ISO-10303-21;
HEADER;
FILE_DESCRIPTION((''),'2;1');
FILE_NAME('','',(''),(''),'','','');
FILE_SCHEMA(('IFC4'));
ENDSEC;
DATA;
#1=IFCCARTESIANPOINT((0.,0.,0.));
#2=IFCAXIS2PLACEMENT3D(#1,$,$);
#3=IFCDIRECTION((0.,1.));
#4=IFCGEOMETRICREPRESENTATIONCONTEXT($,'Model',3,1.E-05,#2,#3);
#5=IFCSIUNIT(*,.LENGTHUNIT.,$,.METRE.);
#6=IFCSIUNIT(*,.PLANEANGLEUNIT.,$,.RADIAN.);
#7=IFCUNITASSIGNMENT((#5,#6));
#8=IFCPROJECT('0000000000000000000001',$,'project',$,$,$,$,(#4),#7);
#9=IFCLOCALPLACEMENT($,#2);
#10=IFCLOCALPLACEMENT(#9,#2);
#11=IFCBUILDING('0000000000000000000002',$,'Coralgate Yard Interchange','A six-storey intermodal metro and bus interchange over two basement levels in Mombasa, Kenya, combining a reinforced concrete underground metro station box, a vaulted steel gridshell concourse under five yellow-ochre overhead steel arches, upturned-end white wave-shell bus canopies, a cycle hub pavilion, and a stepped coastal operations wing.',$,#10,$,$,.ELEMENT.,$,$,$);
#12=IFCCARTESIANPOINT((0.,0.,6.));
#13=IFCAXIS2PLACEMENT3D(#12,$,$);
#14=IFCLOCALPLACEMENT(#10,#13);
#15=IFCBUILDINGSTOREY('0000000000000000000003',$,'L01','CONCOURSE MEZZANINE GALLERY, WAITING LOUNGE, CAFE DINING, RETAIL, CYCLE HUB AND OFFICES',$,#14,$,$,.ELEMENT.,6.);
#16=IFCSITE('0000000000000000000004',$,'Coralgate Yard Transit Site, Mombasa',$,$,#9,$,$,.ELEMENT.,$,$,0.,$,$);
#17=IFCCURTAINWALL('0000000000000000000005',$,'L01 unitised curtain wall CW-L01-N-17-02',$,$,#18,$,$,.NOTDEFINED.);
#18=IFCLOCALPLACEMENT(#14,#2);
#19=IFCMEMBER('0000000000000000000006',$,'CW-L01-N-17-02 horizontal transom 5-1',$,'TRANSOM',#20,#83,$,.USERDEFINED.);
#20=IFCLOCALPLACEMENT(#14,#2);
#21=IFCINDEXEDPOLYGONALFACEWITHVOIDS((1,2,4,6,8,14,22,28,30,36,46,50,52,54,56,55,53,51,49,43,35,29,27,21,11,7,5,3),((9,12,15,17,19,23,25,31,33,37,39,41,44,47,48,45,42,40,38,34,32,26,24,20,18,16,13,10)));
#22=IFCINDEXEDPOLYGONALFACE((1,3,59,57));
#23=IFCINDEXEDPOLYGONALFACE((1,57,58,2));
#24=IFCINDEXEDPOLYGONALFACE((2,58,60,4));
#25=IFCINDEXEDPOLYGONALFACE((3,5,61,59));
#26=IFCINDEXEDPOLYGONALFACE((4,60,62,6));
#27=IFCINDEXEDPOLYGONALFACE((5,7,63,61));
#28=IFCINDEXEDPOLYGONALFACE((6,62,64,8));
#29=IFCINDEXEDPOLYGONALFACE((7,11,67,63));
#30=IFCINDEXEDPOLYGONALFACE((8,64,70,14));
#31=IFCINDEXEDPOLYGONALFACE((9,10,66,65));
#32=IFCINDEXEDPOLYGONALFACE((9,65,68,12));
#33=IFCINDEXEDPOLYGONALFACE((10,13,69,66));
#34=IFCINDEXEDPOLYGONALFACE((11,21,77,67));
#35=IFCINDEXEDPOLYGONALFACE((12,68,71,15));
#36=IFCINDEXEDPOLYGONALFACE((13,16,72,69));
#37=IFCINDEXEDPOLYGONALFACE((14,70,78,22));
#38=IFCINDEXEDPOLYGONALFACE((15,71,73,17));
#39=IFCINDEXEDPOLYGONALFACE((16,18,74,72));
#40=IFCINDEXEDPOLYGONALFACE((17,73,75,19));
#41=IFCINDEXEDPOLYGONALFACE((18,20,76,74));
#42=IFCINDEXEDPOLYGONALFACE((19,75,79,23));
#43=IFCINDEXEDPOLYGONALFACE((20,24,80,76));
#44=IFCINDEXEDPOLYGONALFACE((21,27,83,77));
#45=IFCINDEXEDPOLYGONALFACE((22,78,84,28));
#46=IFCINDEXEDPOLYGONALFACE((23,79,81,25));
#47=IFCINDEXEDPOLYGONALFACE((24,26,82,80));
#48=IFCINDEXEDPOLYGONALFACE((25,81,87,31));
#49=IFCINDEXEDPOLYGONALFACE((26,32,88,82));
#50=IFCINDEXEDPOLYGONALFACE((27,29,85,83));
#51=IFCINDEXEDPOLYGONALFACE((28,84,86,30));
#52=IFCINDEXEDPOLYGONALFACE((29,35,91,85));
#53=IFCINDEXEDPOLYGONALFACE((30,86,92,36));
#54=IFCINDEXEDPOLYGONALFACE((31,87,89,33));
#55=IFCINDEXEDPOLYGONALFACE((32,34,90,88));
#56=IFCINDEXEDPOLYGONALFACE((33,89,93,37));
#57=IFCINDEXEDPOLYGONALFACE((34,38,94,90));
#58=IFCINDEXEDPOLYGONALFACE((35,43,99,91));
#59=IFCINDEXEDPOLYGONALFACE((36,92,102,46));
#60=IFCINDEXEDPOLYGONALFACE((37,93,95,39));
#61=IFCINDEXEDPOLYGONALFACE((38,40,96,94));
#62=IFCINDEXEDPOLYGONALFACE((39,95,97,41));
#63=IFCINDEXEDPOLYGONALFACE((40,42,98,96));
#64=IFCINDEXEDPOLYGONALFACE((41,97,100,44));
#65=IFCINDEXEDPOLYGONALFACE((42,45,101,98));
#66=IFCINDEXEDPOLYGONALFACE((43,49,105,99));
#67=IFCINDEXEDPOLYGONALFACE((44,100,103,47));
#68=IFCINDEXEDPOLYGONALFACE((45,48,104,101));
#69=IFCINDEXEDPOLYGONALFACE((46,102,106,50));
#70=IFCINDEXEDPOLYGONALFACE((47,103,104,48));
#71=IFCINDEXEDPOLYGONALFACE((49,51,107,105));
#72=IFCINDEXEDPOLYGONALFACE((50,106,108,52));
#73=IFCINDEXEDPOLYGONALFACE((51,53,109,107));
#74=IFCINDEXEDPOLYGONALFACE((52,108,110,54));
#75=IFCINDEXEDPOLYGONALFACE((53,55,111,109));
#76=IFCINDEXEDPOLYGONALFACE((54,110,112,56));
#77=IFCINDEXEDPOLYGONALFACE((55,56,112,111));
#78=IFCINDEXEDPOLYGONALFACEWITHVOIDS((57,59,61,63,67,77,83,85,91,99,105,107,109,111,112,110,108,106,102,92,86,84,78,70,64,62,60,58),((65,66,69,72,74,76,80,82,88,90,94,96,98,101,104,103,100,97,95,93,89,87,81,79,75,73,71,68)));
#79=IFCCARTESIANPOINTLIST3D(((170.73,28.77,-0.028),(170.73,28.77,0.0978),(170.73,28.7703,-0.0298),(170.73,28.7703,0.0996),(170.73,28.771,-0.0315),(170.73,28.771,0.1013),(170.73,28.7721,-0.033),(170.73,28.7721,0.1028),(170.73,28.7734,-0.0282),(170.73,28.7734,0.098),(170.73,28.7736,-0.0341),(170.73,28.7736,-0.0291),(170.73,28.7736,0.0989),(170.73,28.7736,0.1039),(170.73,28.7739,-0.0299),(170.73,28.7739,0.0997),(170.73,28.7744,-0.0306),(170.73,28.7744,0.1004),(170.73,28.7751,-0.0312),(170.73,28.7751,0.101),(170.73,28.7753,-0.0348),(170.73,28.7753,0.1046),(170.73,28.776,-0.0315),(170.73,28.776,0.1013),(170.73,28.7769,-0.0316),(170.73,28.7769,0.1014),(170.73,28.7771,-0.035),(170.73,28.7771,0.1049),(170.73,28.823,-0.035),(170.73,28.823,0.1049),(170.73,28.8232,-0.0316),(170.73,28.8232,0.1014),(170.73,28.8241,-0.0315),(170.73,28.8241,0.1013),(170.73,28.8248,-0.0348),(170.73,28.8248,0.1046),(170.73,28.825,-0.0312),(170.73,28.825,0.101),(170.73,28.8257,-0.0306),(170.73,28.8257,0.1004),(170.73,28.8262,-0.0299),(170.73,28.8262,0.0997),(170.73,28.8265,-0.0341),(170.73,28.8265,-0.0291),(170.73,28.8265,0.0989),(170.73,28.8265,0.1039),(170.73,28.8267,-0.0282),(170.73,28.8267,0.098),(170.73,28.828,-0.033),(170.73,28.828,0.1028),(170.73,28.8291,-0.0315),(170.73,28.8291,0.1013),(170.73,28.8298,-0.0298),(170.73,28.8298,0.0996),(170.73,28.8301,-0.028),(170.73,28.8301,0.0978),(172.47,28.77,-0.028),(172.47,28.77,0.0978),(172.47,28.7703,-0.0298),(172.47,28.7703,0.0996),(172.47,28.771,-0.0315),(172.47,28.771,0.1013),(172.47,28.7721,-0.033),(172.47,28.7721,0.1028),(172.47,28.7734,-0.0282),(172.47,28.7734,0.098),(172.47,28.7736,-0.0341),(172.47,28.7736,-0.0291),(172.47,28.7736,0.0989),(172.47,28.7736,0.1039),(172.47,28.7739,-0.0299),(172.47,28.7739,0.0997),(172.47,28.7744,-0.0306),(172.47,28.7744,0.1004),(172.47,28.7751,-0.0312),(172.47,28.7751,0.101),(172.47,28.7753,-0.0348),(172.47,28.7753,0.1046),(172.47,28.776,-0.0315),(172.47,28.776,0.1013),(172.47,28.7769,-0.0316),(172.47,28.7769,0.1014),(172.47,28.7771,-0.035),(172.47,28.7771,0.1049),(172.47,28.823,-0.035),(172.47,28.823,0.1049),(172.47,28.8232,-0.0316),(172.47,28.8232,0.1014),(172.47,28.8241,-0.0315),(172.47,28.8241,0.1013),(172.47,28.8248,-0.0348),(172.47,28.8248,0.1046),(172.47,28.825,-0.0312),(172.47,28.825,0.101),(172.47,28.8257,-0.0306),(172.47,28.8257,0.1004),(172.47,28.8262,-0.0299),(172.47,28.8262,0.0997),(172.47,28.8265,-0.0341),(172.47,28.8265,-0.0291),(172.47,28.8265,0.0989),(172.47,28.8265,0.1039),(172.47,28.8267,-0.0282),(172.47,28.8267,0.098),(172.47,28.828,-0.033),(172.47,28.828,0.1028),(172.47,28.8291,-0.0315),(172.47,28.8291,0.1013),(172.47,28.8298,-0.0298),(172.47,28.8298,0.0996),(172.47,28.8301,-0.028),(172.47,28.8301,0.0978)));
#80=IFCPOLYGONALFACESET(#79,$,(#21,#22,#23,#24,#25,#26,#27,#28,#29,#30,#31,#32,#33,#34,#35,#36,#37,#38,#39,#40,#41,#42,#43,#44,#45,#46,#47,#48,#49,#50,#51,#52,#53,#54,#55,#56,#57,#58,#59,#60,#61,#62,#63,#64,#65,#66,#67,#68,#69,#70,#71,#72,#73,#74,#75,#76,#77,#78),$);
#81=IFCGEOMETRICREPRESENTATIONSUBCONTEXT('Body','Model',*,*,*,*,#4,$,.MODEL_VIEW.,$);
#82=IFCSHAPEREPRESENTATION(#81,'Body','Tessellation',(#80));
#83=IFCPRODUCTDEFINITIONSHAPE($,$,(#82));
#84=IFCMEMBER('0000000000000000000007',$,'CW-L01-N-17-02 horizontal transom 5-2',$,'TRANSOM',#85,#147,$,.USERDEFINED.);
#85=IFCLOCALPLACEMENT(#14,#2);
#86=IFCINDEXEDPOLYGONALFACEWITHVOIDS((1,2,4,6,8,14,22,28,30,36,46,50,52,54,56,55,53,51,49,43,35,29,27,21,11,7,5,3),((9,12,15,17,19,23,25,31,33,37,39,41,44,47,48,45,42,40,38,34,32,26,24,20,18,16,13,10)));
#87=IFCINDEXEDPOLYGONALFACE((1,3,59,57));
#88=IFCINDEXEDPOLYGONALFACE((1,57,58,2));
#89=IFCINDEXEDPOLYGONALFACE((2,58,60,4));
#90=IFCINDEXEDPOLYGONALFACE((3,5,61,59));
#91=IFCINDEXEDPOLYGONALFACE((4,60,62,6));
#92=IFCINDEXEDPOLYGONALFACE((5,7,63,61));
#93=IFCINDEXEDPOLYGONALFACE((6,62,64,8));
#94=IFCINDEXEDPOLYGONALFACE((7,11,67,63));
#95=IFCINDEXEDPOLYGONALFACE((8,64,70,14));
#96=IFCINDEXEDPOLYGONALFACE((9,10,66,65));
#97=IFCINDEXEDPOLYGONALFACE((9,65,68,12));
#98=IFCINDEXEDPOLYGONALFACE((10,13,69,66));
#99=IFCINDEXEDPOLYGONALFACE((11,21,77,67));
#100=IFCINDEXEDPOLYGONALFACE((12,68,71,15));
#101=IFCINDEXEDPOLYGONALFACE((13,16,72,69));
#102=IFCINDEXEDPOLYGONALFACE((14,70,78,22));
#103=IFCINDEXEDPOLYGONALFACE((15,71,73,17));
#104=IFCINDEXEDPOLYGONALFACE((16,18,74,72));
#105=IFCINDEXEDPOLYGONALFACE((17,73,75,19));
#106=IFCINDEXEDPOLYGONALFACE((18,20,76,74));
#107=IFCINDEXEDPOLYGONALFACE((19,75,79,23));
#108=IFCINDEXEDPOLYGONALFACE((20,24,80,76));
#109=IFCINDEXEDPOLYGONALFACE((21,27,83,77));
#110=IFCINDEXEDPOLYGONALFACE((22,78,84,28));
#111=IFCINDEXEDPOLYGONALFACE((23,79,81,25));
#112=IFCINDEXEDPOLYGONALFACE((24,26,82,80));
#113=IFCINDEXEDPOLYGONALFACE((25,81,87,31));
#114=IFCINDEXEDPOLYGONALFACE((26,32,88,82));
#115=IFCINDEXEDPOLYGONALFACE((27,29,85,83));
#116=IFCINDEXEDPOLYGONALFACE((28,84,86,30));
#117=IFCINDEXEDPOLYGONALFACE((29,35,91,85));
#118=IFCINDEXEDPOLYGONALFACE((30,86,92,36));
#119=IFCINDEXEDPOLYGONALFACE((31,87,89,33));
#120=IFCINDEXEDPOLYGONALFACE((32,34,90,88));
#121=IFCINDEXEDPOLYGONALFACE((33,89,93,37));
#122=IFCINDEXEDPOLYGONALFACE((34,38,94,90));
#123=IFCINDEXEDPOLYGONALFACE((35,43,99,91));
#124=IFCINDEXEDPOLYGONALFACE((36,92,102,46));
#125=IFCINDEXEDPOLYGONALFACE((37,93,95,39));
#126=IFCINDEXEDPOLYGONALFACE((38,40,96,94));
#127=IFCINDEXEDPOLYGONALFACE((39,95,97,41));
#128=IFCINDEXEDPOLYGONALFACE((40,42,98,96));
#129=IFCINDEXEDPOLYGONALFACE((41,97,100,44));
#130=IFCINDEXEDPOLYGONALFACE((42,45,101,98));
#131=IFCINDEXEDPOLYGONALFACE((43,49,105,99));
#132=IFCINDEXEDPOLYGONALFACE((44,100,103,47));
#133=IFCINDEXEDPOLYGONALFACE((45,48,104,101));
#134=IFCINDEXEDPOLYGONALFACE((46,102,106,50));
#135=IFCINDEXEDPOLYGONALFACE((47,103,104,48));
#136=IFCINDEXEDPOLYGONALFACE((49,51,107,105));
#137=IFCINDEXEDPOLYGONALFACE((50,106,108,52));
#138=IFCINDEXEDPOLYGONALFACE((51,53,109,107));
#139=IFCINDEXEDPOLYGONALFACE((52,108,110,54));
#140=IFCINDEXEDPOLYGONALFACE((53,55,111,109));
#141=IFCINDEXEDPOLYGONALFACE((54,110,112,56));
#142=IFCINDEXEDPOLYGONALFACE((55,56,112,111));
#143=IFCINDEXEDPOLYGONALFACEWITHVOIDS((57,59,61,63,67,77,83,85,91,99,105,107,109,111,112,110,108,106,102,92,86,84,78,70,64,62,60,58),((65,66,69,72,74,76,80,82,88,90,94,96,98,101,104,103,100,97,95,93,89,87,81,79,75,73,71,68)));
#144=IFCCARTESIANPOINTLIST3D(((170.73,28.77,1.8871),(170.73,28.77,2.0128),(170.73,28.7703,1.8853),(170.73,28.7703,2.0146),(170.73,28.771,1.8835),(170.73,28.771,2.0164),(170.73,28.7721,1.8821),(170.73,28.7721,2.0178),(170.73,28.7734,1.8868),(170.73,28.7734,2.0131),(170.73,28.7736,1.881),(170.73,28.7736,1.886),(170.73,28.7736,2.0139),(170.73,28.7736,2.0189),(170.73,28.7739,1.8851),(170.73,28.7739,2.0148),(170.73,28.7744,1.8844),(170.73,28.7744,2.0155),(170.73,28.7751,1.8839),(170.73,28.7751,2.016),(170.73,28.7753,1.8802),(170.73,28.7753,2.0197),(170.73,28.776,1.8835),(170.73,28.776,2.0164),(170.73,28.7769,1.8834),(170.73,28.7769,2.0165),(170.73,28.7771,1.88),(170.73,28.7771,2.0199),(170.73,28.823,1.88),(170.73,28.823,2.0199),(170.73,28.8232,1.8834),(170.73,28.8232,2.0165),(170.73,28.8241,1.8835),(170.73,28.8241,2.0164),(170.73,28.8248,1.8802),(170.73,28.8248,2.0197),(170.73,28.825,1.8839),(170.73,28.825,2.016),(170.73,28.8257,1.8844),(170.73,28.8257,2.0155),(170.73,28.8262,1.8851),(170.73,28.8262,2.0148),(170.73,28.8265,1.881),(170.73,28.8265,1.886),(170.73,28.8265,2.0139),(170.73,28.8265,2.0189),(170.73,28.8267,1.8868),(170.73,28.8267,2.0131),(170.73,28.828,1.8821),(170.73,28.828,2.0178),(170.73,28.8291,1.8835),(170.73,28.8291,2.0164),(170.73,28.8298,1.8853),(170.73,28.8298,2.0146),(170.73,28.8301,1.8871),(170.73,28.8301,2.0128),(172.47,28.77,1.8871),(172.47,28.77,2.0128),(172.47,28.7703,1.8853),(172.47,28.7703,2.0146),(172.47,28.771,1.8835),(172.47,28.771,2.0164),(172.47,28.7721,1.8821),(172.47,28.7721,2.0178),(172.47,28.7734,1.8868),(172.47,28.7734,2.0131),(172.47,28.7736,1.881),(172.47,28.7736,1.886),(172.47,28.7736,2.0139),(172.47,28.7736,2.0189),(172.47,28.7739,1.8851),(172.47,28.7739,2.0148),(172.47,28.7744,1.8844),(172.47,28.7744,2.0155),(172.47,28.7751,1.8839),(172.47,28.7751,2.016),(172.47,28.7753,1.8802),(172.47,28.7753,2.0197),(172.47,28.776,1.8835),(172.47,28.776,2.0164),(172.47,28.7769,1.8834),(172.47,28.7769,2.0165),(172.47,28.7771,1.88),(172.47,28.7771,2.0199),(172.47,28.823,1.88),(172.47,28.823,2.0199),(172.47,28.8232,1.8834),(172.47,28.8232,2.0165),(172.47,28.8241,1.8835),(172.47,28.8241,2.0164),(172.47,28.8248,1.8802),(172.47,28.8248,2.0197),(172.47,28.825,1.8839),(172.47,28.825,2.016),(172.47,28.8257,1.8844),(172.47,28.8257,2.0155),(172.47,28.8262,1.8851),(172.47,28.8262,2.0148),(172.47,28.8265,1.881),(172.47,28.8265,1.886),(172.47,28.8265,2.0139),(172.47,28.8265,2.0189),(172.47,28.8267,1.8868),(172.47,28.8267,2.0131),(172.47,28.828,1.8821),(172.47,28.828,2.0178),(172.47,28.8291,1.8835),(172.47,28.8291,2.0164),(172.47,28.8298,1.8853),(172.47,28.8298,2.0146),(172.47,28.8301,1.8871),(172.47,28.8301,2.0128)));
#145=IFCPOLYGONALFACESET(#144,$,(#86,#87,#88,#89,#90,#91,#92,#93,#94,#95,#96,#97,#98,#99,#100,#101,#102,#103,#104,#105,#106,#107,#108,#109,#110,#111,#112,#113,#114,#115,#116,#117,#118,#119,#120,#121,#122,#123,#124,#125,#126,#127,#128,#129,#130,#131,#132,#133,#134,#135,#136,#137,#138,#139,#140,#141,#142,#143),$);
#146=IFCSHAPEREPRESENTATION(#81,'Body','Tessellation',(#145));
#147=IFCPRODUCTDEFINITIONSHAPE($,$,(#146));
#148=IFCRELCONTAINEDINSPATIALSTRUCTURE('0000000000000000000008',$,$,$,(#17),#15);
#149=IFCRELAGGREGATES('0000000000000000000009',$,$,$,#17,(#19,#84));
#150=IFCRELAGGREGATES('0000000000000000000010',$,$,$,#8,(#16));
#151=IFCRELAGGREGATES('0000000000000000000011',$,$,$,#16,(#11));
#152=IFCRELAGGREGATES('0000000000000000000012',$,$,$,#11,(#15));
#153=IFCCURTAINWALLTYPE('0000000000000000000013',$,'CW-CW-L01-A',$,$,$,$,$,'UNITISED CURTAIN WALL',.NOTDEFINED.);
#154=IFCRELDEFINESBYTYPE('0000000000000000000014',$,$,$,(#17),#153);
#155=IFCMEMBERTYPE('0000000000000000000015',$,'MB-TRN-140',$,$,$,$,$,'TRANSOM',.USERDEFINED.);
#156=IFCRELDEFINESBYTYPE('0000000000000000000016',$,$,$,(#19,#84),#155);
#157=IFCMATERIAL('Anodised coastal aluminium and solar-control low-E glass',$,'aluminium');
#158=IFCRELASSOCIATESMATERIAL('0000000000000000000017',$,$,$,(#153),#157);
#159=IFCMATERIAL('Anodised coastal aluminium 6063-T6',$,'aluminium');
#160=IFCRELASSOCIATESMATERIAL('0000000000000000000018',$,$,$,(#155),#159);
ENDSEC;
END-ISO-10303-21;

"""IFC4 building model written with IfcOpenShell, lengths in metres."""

from ifc_helpers import new_model, si_unit, direction, frame, origin, origin_2d, place, context, subcontext, project, spatial, hollow_rectangle, extrude, material, material_profile, profile_set, type_object, element, aggregate, save


model = new_model("IFC4")

# Units and contexts
model_context = context("Model", 3, precision=1e-05, world=origin(), true_north=direction((0.0, 1.0)))
body_context = subcontext(model_context, "Body", "Model", "MODEL_VIEW")
ifc_project = project(units=[si_unit("LENGTHUNIT", "METRE"), si_unit("PLANEANGLEUNIT", "RADIAN")], contexts=[model_context])

# Site, building, storey
site_placement = place(None, origin())
site = spatial("IfcSite", under=ifc_project, at=site_placement, Name="Coralgate Yard Transit Site, Mombasa", CompositionType="ELEMENT", RefElevation=0.0)
building_placement = place(site_placement, origin())
building = spatial("IfcBuilding", under=site, at=building_placement, Name="Coralgate Yard Interchange", Description="A six-storey intermodal metro and bus interchange over two basement levels in Mombasa, Kenya, combining a reinforced concrete underground metro station box, a vaulted steel gridshell concourse under five yellow-ochre overhead steel arches, upturned-end white wave-shell bus canopies, a cycle hub pavilion, and a stepped coastal operations wing.", CompositionType="ELEMENT")
storey_placement = place(building_placement, frame((0.0, 0.0, 6.0)))
storey = spatial("IfcBuildingStorey", under=building, at=storey_placement, Name="L01", Description="CONCOURSE MEZZANINE GALLERY, WAITING LOUNGE, CAFE DINING, RETAIL, CYCLE HUB AND OFFICES", CompositionType="ELEMENT", Elevation=6.0)

# Curtain wall, members
ifc_material_1 = material(Name="Anodised coastal aluminium and solar-control low-E glass", Category="aluminium")
curtain_wall_type = type_object("IfcCurtainWallType", Name="CW-CW-L01-A", ElementType="UNITISED CURTAIN WALL", PredefinedType="NOTDEFINED", material=ifc_material_1)
curtain_wall_placement = place(storey_placement, origin())
curtain_wall = element("IfcCurtainWall", 1, at=curtain_wall_placement, inside=storey, type_object=curtain_wall_type, Name="L01 unitised curtain wall CW-L01-N-17-02", PredefinedType="NOTDEFINED")
ifc_material_2 = material(Name="Anodised coastal aluminium 6063-T6", Category="aluminium")
ifc_material_profile_1 = material_profile(ifc_material_2, hollow_rectangle(XDim=0.0601, YDim=0.1399, WallThickness=0.0034, InnerFilletRadius=0.0034, OuterFilletRadius=0.0071, at=origin_2d()), Name="ALU 60x140x3.5")
ifc_profile_set_1 = profile_set([ifc_material_profile_1], Name="Anodised coastal aluminium 6063-T6")
member_type_1 = type_object("IfcMemberType", Name="MB-TRN-140", ElementType="TRANSOM", PredefinedType="USERDEFINED", material=ifc_profile_set_1)
member_1_placement = place(storey_placement, frame((170.73, 28.8, 0.0349), z_axis=(1.0, 0.0, 0.0), x_axis=(0.0, 1.0, 0.0)))
member_1 = element("IfcMember", 2, at=member_1_placement, type_object=member_type_1, Name="CW-L01-N-17-02 horizontal transom 5-1", ObjectType="TRANSOM", PredefinedType="USERDEFINED", context=body_context, shape_type="SweptSolid", body=[
    extrude(hollow_rectangle(XDim=0.0601, YDim=0.1399, WallThickness=0.0034, InnerFilletRadius=0.0034, OuterFilletRadius=0.0071, at=origin_2d()), origin(), (0.0, 0.0, 1.0), 1.74),
])
member_2_placement = place(storey_placement, frame((170.73, 28.8, 1.95), z_axis=(1.0, 0.0, 0.0), x_axis=(0.0, 1.0, 0.0)))
member_2 = element("IfcMember", 3, at=member_2_placement, type_object=member_type_1, Name="CW-L01-N-17-02 horizontal transom 5-2", ObjectType="TRANSOM", PredefinedType="USERDEFINED", context=body_context, shape_type="SweptSolid", body=[
    extrude(hollow_rectangle(XDim=0.0601, YDim=0.1399, WallThickness=0.0034, InnerFilletRadius=0.0034, OuterFilletRadius=0.0071, at=origin_2d()), origin(), (0.0, 0.0, 1.0), 1.74),
])
aggregate(curtain_wall, [member_1, member_2])

save(model, "model.ifc")
